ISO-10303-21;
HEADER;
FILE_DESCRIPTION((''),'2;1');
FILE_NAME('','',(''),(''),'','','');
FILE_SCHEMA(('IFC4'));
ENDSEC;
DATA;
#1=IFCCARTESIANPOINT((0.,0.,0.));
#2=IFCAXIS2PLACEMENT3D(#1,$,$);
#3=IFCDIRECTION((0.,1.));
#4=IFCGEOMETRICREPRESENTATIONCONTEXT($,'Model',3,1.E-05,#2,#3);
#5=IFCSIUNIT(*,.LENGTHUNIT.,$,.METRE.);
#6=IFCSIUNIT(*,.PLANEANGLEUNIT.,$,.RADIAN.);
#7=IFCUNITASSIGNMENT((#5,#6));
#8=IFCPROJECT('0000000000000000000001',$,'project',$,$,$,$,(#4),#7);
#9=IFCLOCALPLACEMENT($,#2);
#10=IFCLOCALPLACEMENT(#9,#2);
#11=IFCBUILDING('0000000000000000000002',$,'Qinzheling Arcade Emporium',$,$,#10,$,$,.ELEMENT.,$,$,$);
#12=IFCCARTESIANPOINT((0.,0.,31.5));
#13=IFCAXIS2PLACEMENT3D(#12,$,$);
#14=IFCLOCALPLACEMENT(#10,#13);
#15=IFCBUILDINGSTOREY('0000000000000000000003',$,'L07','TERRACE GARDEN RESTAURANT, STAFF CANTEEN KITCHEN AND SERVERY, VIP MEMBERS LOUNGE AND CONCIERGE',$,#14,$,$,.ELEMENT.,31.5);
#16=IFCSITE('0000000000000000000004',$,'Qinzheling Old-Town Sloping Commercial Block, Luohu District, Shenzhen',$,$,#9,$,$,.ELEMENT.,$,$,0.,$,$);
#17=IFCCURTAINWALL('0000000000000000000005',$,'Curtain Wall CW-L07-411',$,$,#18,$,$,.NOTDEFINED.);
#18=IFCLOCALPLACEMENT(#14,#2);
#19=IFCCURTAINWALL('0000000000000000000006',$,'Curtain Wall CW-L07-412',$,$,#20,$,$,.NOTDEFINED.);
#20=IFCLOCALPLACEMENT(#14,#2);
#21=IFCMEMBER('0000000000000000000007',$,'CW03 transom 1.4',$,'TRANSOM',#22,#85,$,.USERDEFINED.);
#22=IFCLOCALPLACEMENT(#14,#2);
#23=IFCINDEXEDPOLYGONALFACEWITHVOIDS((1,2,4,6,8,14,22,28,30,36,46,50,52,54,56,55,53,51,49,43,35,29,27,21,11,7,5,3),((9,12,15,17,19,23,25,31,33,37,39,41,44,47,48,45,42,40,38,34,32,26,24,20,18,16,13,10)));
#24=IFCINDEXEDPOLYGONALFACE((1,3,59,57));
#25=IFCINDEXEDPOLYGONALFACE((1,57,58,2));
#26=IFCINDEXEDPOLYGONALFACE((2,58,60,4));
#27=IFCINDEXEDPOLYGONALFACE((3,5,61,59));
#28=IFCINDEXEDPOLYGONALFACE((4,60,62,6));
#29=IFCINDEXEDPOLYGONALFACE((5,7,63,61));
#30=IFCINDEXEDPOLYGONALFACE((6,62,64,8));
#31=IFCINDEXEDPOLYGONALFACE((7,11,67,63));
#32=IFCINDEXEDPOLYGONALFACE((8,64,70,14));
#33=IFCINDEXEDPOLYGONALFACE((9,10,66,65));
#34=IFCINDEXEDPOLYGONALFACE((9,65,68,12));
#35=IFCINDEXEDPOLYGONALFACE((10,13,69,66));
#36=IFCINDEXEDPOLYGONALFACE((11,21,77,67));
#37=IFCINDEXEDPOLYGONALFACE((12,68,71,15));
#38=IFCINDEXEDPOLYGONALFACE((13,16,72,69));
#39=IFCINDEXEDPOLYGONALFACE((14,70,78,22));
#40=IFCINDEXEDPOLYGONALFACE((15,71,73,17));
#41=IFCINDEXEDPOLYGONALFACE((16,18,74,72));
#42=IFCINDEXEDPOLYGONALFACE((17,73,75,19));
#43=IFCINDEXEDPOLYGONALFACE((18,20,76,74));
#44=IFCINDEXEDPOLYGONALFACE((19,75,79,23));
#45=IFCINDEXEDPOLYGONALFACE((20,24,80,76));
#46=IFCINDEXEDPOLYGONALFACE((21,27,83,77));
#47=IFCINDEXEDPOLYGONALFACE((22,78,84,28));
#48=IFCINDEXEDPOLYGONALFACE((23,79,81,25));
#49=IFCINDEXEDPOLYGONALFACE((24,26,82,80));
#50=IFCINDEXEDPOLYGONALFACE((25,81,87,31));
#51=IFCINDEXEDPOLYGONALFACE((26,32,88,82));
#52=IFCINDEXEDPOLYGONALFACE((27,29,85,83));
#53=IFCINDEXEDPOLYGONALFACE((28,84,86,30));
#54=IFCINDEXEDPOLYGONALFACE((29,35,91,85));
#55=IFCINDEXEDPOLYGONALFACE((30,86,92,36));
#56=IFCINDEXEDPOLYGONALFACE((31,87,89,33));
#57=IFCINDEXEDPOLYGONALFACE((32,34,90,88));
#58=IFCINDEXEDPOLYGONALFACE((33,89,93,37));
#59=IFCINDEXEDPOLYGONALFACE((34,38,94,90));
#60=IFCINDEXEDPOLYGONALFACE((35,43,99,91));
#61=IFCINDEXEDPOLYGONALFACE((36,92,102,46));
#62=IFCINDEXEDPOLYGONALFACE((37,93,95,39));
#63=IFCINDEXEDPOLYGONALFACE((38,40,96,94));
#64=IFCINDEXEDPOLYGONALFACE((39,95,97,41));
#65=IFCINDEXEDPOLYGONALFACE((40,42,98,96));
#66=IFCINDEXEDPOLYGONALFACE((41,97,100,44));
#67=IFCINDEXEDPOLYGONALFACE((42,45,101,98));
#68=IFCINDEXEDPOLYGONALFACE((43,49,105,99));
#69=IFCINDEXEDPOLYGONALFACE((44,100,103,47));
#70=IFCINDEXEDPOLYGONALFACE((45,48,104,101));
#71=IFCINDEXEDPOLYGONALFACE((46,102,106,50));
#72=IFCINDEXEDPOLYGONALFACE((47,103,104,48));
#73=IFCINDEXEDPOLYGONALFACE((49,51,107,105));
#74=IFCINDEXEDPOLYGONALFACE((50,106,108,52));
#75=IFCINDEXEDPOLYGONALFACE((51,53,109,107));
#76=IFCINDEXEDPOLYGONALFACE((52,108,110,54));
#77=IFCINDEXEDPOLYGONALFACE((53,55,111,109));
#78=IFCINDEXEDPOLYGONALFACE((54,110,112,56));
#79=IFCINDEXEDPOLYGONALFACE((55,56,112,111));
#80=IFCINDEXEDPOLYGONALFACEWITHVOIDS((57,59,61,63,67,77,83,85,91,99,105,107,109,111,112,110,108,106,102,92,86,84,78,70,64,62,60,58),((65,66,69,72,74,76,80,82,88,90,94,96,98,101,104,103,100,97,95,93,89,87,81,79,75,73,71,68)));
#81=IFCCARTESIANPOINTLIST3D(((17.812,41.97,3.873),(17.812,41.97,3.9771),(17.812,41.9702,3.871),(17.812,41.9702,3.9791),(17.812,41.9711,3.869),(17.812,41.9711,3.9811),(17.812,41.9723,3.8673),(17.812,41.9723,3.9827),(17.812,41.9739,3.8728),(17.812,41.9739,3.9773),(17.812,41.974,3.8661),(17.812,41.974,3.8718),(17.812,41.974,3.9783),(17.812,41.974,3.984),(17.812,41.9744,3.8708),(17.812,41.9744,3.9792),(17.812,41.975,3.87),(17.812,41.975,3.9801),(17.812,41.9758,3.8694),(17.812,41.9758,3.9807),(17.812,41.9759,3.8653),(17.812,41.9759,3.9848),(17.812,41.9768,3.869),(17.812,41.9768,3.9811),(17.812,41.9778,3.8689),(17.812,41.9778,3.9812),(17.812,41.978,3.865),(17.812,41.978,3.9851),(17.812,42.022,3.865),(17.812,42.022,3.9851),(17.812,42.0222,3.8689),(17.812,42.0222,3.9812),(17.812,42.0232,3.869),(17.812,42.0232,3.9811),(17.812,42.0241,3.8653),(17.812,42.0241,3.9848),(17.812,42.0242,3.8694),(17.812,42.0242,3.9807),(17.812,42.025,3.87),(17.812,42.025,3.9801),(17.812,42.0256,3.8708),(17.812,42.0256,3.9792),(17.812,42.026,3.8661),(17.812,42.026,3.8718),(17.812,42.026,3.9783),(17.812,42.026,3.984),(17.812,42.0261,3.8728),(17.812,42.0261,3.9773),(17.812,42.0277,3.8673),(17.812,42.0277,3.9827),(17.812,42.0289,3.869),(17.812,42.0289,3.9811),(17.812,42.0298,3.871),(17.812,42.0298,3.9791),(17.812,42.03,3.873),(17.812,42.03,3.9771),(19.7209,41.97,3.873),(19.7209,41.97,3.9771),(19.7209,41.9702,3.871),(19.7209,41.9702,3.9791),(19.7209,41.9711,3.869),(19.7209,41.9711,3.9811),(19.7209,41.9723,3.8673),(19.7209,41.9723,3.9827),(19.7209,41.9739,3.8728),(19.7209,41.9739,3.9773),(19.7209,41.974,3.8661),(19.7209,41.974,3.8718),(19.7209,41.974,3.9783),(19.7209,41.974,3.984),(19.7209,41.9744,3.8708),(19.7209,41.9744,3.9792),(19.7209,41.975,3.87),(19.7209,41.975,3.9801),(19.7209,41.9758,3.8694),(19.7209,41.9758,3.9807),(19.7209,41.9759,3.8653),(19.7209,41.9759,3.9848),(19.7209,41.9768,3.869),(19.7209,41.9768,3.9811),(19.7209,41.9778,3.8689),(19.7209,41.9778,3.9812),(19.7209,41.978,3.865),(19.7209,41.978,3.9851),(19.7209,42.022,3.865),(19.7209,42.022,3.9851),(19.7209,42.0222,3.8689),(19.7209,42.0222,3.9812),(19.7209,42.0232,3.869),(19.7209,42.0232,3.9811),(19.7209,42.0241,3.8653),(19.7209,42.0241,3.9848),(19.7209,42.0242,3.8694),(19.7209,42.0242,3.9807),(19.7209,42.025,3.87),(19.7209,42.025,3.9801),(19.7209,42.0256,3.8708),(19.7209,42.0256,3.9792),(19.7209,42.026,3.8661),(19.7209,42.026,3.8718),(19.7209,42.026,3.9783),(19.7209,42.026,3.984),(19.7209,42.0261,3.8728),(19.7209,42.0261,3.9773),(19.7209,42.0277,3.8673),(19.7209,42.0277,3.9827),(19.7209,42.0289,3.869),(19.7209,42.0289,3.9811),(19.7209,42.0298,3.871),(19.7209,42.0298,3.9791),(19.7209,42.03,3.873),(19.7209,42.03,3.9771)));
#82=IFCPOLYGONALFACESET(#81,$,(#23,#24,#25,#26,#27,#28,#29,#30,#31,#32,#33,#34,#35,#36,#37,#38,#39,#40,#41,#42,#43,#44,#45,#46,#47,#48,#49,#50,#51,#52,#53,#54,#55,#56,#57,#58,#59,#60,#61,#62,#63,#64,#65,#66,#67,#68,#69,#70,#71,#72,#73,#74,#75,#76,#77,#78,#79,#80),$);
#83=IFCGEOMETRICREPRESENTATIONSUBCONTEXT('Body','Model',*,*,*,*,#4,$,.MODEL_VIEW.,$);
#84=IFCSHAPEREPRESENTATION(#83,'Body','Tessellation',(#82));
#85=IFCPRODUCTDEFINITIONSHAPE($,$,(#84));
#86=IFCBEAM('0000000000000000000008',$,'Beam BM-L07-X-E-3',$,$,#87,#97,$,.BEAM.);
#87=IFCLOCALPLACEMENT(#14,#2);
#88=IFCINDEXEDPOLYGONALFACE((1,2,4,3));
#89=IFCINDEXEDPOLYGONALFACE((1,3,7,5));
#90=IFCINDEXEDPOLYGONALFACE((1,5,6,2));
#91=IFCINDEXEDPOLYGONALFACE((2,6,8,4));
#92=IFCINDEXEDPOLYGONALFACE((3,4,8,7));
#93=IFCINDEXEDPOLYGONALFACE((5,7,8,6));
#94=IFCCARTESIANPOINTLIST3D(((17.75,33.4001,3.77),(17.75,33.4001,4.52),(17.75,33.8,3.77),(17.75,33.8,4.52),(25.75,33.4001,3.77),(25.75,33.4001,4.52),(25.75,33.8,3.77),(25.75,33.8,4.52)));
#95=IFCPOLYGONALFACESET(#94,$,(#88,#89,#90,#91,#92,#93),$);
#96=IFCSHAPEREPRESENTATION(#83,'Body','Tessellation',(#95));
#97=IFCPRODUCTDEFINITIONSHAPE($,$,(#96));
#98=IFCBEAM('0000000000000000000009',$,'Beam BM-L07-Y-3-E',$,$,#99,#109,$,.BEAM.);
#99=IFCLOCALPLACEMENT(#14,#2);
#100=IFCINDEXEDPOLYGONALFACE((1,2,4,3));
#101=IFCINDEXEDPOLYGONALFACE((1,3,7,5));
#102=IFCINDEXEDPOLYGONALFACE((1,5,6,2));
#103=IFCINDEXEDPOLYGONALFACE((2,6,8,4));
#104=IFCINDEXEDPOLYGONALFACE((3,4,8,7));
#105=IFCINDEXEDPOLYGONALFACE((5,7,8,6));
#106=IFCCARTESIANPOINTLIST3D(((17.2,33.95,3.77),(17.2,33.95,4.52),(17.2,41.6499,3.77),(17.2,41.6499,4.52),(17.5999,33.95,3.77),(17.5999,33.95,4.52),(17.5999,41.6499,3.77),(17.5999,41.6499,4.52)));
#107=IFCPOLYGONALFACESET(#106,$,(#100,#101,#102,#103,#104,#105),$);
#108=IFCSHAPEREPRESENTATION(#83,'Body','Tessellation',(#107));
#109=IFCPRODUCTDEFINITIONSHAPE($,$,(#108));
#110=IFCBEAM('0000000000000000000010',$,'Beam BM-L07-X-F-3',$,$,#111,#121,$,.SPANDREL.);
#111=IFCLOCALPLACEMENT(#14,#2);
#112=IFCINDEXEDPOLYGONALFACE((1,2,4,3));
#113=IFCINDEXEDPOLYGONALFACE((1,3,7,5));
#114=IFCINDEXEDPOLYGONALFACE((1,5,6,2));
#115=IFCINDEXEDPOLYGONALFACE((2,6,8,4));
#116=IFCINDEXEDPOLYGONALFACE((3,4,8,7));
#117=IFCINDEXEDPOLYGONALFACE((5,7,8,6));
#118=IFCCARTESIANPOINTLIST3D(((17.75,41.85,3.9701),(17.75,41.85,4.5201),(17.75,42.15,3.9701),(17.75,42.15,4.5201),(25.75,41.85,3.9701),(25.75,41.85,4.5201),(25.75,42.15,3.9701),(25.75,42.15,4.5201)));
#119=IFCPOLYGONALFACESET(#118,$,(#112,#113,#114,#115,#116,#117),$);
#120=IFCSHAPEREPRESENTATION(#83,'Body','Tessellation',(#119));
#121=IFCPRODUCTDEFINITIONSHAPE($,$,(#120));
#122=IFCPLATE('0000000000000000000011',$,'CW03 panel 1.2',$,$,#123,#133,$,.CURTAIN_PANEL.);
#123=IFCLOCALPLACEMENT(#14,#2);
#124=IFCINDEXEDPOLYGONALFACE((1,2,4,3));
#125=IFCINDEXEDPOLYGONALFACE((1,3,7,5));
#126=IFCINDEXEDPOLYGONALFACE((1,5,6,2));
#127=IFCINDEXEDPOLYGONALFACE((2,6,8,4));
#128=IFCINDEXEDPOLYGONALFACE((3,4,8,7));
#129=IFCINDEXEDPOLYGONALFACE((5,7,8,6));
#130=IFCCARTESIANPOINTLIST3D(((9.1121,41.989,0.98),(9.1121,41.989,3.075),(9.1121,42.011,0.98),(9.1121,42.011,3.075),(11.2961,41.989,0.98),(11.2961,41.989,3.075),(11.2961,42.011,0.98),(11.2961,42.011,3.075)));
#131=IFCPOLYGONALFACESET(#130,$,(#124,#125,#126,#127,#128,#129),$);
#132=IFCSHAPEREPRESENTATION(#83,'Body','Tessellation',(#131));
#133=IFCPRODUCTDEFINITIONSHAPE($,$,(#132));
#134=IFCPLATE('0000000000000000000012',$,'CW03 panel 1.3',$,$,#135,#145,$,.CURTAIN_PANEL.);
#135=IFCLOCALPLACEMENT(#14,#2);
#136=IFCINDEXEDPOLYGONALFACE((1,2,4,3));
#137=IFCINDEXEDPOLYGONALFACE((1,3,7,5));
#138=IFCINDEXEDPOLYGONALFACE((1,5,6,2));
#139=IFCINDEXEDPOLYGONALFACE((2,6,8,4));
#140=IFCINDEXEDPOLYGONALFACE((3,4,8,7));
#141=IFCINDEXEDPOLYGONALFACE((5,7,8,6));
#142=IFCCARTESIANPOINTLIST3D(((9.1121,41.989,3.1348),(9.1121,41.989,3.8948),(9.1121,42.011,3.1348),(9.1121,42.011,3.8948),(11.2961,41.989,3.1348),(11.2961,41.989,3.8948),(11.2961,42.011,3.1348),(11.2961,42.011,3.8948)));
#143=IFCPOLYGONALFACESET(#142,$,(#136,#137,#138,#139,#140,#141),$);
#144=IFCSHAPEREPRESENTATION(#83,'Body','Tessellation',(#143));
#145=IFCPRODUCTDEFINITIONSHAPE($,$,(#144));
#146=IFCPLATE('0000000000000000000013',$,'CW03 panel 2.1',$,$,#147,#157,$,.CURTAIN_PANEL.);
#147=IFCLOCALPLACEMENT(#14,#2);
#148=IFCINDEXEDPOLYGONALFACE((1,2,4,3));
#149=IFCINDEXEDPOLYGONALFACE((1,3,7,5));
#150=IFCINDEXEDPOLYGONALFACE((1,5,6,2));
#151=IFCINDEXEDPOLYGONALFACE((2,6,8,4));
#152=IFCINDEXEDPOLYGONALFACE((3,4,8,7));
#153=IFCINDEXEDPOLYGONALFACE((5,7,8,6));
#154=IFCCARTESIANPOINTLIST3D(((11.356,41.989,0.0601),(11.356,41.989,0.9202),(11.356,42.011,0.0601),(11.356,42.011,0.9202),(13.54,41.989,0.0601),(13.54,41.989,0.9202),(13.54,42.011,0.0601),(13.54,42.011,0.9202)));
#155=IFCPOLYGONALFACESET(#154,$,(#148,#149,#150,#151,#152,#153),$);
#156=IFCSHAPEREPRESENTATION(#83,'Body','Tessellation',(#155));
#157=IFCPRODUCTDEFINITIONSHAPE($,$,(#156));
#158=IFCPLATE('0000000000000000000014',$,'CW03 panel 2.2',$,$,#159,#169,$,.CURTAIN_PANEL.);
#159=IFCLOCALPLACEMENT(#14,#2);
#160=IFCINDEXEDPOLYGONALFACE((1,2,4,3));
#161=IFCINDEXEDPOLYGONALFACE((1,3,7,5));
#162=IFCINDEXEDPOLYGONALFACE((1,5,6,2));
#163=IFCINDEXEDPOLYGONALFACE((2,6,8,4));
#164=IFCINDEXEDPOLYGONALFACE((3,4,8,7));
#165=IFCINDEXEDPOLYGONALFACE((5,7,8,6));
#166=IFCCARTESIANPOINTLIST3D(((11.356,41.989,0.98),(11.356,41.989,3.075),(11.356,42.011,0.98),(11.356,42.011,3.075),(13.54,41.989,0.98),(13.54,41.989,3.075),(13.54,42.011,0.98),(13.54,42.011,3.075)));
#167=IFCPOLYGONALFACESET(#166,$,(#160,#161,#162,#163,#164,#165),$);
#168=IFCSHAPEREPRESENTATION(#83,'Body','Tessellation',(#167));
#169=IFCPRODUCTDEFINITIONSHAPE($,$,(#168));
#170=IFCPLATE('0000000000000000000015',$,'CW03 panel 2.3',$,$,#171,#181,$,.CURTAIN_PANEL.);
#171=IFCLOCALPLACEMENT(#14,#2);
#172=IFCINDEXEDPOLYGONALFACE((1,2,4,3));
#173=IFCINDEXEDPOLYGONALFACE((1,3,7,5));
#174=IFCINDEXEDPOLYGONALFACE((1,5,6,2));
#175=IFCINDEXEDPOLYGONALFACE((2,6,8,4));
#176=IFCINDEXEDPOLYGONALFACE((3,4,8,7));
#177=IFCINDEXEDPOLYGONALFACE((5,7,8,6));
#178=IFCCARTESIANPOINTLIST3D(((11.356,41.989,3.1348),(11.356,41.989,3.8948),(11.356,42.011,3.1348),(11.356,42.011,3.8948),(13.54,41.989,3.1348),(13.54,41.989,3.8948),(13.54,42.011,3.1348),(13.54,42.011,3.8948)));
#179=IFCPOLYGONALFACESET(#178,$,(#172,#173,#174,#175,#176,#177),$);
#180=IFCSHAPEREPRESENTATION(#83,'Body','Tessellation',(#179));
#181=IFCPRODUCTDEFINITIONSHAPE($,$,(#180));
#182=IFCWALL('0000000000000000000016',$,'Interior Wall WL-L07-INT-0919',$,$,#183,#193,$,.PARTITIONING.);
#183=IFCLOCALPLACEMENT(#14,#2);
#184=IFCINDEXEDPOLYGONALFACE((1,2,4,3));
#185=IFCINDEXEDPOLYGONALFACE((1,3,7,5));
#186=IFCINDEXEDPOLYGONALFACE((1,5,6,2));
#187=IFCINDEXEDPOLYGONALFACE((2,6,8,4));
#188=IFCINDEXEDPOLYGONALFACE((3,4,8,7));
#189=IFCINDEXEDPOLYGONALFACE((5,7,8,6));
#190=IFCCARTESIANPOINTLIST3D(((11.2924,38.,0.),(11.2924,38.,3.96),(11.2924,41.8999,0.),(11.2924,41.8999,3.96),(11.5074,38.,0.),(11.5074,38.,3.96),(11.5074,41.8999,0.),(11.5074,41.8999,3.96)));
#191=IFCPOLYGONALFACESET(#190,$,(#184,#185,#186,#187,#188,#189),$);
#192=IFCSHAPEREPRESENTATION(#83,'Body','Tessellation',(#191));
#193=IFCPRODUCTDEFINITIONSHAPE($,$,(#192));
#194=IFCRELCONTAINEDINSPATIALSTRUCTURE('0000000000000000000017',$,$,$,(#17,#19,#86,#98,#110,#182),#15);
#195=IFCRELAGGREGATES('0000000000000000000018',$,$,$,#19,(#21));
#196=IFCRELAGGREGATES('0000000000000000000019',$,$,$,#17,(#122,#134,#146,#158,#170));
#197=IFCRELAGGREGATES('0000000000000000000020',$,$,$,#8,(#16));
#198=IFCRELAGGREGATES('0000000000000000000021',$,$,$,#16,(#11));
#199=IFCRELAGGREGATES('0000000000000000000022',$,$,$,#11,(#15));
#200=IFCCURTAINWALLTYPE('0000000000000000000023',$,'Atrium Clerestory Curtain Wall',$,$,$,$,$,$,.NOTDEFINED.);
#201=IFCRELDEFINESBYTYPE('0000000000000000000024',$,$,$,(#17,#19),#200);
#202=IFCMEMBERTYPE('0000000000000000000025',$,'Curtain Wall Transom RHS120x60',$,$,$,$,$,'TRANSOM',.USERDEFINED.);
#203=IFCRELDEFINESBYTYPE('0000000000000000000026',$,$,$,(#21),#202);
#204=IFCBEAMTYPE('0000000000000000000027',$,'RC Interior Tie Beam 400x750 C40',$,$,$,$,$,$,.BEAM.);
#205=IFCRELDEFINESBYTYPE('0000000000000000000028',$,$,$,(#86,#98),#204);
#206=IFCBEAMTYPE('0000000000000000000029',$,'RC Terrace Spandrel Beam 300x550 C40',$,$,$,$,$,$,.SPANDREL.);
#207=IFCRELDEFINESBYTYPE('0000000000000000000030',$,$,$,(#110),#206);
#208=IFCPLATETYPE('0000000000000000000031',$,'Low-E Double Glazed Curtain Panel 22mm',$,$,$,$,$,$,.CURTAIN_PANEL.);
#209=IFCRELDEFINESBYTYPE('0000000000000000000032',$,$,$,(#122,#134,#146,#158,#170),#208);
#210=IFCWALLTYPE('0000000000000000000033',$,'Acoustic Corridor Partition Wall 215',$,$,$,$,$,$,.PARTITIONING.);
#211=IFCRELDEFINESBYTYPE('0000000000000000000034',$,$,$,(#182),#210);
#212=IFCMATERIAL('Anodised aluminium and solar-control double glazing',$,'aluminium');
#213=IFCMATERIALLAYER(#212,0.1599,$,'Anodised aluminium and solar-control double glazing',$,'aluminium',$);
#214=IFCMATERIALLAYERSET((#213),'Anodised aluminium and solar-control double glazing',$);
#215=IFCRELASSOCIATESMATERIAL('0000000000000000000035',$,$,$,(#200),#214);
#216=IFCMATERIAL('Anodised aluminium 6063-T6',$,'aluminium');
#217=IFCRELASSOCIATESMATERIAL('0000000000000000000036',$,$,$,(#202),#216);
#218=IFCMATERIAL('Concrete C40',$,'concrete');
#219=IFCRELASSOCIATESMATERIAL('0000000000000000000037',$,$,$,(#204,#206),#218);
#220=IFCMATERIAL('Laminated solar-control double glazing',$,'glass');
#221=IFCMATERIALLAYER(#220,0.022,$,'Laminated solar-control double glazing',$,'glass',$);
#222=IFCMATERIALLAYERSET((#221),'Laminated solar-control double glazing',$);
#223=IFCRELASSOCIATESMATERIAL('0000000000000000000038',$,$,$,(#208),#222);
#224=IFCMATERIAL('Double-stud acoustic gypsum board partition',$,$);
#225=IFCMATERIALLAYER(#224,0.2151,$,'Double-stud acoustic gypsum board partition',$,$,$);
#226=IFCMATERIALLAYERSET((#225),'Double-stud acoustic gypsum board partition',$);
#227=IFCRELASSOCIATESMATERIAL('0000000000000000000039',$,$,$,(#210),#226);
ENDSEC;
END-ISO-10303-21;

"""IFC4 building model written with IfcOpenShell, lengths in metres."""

from ifc_helpers import new_model, si_unit, direction, frame, frame_2d, origin, origin_2d, place, context, subcontext, project, spatial, rectangle, hollow_rectangle, extrude, material, layer, layer_set, material_profile, profile_set, type_object, element, aggregate, save


model = new_model("IFC4")

# Units and contexts
model_context = context("Model", 3, precision=1e-05, world=origin(), true_north=direction((0.0, 1.0)))
body_context = subcontext(model_context, "Body", "Model", "MODEL_VIEW")
ifc_project = project(units=[si_unit("LENGTHUNIT", "METRE"), si_unit("PLANEANGLEUNIT", "RADIAN")], contexts=[model_context])

# Site, building, storey
site_placement = place(None, origin())
site = spatial("IfcSite", under=ifc_project, at=site_placement, Name="Qinzheling Old-Town Sloping Commercial Block, Luohu District, Shenzhen", CompositionType="ELEMENT", RefElevation=0.0)
building_placement = place(site_placement, origin())
building = spatial("IfcBuilding", under=site, at=building_placement, Name="Qinzheling Arcade Emporium", CompositionType="ELEMENT")
storey_placement = place(building_placement, frame((0.0, 0.0, 31.5)))
storey = spatial("IfcBuildingStorey", under=building, at=storey_placement, Name="L07", Description="TERRACE GARDEN RESTAURANT, STAFF CANTEEN KITCHEN AND SERVERY, VIP MEMBERS LOUNGE AND CONCIERGE", CompositionType="ELEMENT", Elevation=31.5)

# Shared definitions
ifc_material_1 = material(Name="Concrete C40", Category="concrete")

# Curtain wall
ifc_material_2 = material(Name="Anodised aluminium and solar-control double glazing", Category="aluminium")
ifc_layer_1 = layer(ifc_material_2, 0.1599, Name="Anodised aluminium and solar-control double glazing", Category="aluminium")
ifc_layer_set_1 = layer_set([ifc_layer_1], Name="Anodised aluminium and solar-control double glazing")
curtain_wall_type = type_object("IfcCurtainWallType", Name="Atrium Clerestory Curtain Wall", PredefinedType="NOTDEFINED", material=ifc_layer_set_1)
curtain_wall_1_placement = place(storey_placement, origin())
curtain_wall_1 = element("IfcCurtainWall", 1, at=curtain_wall_1_placement, inside=storey, type_object=curtain_wall_type, Name="Curtain Wall CW-L07-411", PredefinedType="NOTDEFINED")
ifc_material_3 = material(Name="Anodised aluminium 6063-T6", Category="aluminium")

# Curtain wall
curtain_wall_2_placement = place(storey_placement, origin())
curtain_wall_2 = element("IfcCurtainWall", 2, at=curtain_wall_2_placement, inside=storey, type_object=curtain_wall_type, Name="Curtain Wall CW-L07-412", PredefinedType="NOTDEFINED")

# Member
ifc_material_profile_1 = material_profile(ifc_material_3, hollow_rectangle(XDim=0.0601, YDim=0.1201, WallThickness=0.0039, InnerFilletRadius=0.0039, OuterFilletRadius=0.0081, at=origin_2d()), Name="RHS 120x60x4", Category="aluminium")
ifc_profile_set_1 = profile_set([ifc_material_profile_1], Name="Anodised aluminium 6063-T6")
member_type_1 = type_object("IfcMemberType", Name="Curtain Wall Transom RHS120x60", ElementType="TRANSOM", PredefinedType="USERDEFINED", material=ifc_profile_set_1)
member_1_placement = place(storey_placement, frame((17.812, 42.0, 3.925), z_axis=(1.0, 0.0, 0.0), x_axis=(0.0, 1.0, 0.0)))
member_1 = element("IfcMember", 3, at=member_1_placement, type_object=member_type_1, Name="CW03 transom 1.4", ObjectType="TRANSOM", PredefinedType="USERDEFINED", context=body_context, shape_type="SweptSolid", body=[
    extrude(hollow_rectangle(XDim=0.0601, YDim=0.1201, WallThickness=0.0039, InnerFilletRadius=0.0039, OuterFilletRadius=0.0081, at=origin_2d()), origin(), (0.0, 0.0, 1.0), 1.9089),
])
aggregate(curtain_wall_2, [member_1])

# Beams
ifc_material_profile_2 = material_profile(ifc_material_1, rectangle(XDim=0.3999, YDim=0.75, at=origin_2d()), Name="RC 400x750", Category="concrete")
ifc_profile_set_2 = profile_set([ifc_material_profile_2], Name="Concrete C40")
beam_type_1 = type_object("IfcBeamType", Name="RC Interior Tie Beam 400x750 C40", PredefinedType="BEAM", material=ifc_profile_set_2)
beam_1_placement = place(storey_placement, frame((17.75, 33.6001, 4.145), z_axis=(1.0, 0.0, 0.0), x_axis=(0.0, 1.0, 0.0)))
element("IfcBeam", 4, at=beam_1_placement, inside=storey, type_object=beam_type_1, Name="Beam BM-L07-X-E-3", PredefinedType="BEAM", context=body_context, shape_type="SweptSolid", body=[
    extrude(rectangle(XDim=0.3999, YDim=0.75, at=origin_2d()), origin(), (0.0, 0.0, 1.0), 8.0),
])
beam_2_placement = place(storey_placement, frame((17.3999, 33.95, 4.145), z_axis=(0.0, 1.0, 0.0), x_axis=(-1.0, 0.0, 0.0)))
element("IfcBeam", 5, at=beam_2_placement, inside=storey, type_object=beam_type_1, Name="Beam BM-L07-Y-3-E", PredefinedType="BEAM", context=body_context, shape_type="SweptSolid", body=[
    extrude(rectangle(XDim=0.3999, YDim=0.75, at=origin_2d()), origin(), (0.0, 0.0, 1.0), 7.7),
])
ifc_material_profile_3 = material_profile(ifc_material_1, rectangle(XDim=0.3, YDim=0.55, at=origin_2d()), Name="RC 300x550", Category="concrete")
ifc_profile_set_3 = profile_set([ifc_material_profile_3], Name="Concrete C40")
beam_type_2 = type_object("IfcBeamType", Name="RC Terrace Spandrel Beam 300x550 C40", PredefinedType="SPANDREL", material=ifc_profile_set_3)
beam_3_placement = place(storey_placement, frame((17.75, 42.0, 4.2451), z_axis=(1.0, 0.0, 0.0), x_axis=(0.0, 1.0, 0.0)))
element("IfcBeam", 6, at=beam_3_placement, inside=storey, type_object=beam_type_2, Name="Beam BM-L07-X-F-3", PredefinedType="SPANDREL", context=body_context, shape_type="SweptSolid", body=[
    extrude(rectangle(XDim=0.3, YDim=0.55, at=origin_2d()), origin(), (0.0, 0.0, 1.0), 8.0),
])

# Plates
ifc_material_4 = material(Name="Laminated solar-control double glazing", Category="glass")
ifc_layer_2 = layer(ifc_material_4, 0.022, Name="Laminated solar-control double glazing", Category="glass")
ifc_layer_set_2 = layer_set([ifc_layer_2], Name="Laminated solar-control double glazing")
plate_type = type_object("IfcPlateType", Name="Low-E Double Glazed Curtain Panel 22mm", PredefinedType="CURTAIN_PANEL", material=ifc_layer_set_2)
plate_1_placement = place(storey_placement, frame((10.2041, 42.0, 0.98), z_axis=(0.0, 0.0, 1.0), x_axis=(1.0, 0.0, 0.0)))
plate_1 = element("IfcPlate", 7, at=plate_1_placement, type_object=plate_type, Name="CW03 panel 1.2", PredefinedType="CURTAIN_PANEL", context=body_context, shape_type="SweptSolid", body=[
    extrude(rectangle(XDim=2.1841, YDim=0.022, at=origin_2d()), origin(), (0.0, 0.0, 1.0), 2.095),
])
plate_2_placement = place(storey_placement, frame((10.2041, 42.0, 3.1348), z_axis=(0.0, 0.0, 1.0), x_axis=(1.0, 0.0, 0.0)))
plate_2 = element("IfcPlate", 8, at=plate_2_placement, type_object=plate_type, Name="CW03 panel 1.3", PredefinedType="CURTAIN_PANEL", context=body_context, shape_type="SweptSolid", body=[
    extrude(rectangle(XDim=2.1841, YDim=0.022, at=origin_2d()), origin(), (0.0, 0.0, 1.0), 0.76),
])
plate_3_placement = place(storey_placement, frame((12.448, 42.0, 0.0601), z_axis=(0.0, 0.0, 1.0), x_axis=(1.0, 0.0, 0.0)))
plate_3 = element("IfcPlate", 9, at=plate_3_placement, type_object=plate_type, Name="CW03 panel 2.1", PredefinedType="CURTAIN_PANEL", context=body_context, shape_type="SweptSolid", body=[
    extrude(rectangle(XDim=2.1841, YDim=0.022, at=origin_2d()), origin(), (0.0, 0.0, 1.0), 0.8601),
])
plate_4_placement = place(storey_placement, frame((12.448, 42.0, 0.98), z_axis=(0.0, 0.0, 1.0), x_axis=(1.0, 0.0, 0.0)))
plate_4 = element("IfcPlate", 10, at=plate_4_placement, type_object=plate_type, Name="CW03 panel 2.2", PredefinedType="CURTAIN_PANEL", context=body_context, shape_type="SweptSolid", body=[
    extrude(rectangle(XDim=2.1841, YDim=0.022, at=origin_2d()), origin(), (0.0, 0.0, 1.0), 2.095),
])
plate_5_placement = place(storey_placement, frame((12.448, 42.0, 3.1348), z_axis=(0.0, 0.0, 1.0), x_axis=(1.0, 0.0, 0.0)))
plate_5 = element("IfcPlate", 11, at=plate_5_placement, type_object=plate_type, Name="CW03 panel 2.3", PredefinedType="CURTAIN_PANEL", context=body_context, shape_type="SweptSolid", body=[
    extrude(rectangle(XDim=2.1841, YDim=0.022, at=origin_2d()), origin(), (0.0, 0.0, 1.0), 0.76),
])
aggregate(curtain_wall_1, [plate_1, plate_2, plate_3, plate_4, plate_5])

# Wall
ifc_material_5 = material(Name="Double-stud acoustic gypsum board partition")
ifc_layer_3 = layer(ifc_material_5, 0.2151, Name="Double-stud acoustic gypsum board partition")
ifc_layer_set_3 = layer_set([ifc_layer_3], Name="Double-stud acoustic gypsum board partition")
wall_type_1 = type_object("IfcWallType", Name="Acoustic Corridor Partition Wall 215", PredefinedType="PARTITIONING", material=ifc_layer_set_3)
wall_1_placement = place(storey_placement, frame((11.3999, 41.8999, 0.0), z_axis=(0.0, 0.0, 1.0), x_axis=(0.0, -1.0, 0.0)))
element("IfcWall", 12, at=wall_1_placement, inside=storey, type_object=wall_type_1, Name="Interior Wall WL-L07-INT-0919", PredefinedType="PARTITIONING", context=body_context, shape_type="SweptSolid", body=[
    extrude(rectangle(XDim=3.8999, YDim=0.2151, at=frame_2d((1.95, 0.0))), origin(), (0.0, 0.0, 1.0), 3.96),
])

save(model, "model.ifc")
